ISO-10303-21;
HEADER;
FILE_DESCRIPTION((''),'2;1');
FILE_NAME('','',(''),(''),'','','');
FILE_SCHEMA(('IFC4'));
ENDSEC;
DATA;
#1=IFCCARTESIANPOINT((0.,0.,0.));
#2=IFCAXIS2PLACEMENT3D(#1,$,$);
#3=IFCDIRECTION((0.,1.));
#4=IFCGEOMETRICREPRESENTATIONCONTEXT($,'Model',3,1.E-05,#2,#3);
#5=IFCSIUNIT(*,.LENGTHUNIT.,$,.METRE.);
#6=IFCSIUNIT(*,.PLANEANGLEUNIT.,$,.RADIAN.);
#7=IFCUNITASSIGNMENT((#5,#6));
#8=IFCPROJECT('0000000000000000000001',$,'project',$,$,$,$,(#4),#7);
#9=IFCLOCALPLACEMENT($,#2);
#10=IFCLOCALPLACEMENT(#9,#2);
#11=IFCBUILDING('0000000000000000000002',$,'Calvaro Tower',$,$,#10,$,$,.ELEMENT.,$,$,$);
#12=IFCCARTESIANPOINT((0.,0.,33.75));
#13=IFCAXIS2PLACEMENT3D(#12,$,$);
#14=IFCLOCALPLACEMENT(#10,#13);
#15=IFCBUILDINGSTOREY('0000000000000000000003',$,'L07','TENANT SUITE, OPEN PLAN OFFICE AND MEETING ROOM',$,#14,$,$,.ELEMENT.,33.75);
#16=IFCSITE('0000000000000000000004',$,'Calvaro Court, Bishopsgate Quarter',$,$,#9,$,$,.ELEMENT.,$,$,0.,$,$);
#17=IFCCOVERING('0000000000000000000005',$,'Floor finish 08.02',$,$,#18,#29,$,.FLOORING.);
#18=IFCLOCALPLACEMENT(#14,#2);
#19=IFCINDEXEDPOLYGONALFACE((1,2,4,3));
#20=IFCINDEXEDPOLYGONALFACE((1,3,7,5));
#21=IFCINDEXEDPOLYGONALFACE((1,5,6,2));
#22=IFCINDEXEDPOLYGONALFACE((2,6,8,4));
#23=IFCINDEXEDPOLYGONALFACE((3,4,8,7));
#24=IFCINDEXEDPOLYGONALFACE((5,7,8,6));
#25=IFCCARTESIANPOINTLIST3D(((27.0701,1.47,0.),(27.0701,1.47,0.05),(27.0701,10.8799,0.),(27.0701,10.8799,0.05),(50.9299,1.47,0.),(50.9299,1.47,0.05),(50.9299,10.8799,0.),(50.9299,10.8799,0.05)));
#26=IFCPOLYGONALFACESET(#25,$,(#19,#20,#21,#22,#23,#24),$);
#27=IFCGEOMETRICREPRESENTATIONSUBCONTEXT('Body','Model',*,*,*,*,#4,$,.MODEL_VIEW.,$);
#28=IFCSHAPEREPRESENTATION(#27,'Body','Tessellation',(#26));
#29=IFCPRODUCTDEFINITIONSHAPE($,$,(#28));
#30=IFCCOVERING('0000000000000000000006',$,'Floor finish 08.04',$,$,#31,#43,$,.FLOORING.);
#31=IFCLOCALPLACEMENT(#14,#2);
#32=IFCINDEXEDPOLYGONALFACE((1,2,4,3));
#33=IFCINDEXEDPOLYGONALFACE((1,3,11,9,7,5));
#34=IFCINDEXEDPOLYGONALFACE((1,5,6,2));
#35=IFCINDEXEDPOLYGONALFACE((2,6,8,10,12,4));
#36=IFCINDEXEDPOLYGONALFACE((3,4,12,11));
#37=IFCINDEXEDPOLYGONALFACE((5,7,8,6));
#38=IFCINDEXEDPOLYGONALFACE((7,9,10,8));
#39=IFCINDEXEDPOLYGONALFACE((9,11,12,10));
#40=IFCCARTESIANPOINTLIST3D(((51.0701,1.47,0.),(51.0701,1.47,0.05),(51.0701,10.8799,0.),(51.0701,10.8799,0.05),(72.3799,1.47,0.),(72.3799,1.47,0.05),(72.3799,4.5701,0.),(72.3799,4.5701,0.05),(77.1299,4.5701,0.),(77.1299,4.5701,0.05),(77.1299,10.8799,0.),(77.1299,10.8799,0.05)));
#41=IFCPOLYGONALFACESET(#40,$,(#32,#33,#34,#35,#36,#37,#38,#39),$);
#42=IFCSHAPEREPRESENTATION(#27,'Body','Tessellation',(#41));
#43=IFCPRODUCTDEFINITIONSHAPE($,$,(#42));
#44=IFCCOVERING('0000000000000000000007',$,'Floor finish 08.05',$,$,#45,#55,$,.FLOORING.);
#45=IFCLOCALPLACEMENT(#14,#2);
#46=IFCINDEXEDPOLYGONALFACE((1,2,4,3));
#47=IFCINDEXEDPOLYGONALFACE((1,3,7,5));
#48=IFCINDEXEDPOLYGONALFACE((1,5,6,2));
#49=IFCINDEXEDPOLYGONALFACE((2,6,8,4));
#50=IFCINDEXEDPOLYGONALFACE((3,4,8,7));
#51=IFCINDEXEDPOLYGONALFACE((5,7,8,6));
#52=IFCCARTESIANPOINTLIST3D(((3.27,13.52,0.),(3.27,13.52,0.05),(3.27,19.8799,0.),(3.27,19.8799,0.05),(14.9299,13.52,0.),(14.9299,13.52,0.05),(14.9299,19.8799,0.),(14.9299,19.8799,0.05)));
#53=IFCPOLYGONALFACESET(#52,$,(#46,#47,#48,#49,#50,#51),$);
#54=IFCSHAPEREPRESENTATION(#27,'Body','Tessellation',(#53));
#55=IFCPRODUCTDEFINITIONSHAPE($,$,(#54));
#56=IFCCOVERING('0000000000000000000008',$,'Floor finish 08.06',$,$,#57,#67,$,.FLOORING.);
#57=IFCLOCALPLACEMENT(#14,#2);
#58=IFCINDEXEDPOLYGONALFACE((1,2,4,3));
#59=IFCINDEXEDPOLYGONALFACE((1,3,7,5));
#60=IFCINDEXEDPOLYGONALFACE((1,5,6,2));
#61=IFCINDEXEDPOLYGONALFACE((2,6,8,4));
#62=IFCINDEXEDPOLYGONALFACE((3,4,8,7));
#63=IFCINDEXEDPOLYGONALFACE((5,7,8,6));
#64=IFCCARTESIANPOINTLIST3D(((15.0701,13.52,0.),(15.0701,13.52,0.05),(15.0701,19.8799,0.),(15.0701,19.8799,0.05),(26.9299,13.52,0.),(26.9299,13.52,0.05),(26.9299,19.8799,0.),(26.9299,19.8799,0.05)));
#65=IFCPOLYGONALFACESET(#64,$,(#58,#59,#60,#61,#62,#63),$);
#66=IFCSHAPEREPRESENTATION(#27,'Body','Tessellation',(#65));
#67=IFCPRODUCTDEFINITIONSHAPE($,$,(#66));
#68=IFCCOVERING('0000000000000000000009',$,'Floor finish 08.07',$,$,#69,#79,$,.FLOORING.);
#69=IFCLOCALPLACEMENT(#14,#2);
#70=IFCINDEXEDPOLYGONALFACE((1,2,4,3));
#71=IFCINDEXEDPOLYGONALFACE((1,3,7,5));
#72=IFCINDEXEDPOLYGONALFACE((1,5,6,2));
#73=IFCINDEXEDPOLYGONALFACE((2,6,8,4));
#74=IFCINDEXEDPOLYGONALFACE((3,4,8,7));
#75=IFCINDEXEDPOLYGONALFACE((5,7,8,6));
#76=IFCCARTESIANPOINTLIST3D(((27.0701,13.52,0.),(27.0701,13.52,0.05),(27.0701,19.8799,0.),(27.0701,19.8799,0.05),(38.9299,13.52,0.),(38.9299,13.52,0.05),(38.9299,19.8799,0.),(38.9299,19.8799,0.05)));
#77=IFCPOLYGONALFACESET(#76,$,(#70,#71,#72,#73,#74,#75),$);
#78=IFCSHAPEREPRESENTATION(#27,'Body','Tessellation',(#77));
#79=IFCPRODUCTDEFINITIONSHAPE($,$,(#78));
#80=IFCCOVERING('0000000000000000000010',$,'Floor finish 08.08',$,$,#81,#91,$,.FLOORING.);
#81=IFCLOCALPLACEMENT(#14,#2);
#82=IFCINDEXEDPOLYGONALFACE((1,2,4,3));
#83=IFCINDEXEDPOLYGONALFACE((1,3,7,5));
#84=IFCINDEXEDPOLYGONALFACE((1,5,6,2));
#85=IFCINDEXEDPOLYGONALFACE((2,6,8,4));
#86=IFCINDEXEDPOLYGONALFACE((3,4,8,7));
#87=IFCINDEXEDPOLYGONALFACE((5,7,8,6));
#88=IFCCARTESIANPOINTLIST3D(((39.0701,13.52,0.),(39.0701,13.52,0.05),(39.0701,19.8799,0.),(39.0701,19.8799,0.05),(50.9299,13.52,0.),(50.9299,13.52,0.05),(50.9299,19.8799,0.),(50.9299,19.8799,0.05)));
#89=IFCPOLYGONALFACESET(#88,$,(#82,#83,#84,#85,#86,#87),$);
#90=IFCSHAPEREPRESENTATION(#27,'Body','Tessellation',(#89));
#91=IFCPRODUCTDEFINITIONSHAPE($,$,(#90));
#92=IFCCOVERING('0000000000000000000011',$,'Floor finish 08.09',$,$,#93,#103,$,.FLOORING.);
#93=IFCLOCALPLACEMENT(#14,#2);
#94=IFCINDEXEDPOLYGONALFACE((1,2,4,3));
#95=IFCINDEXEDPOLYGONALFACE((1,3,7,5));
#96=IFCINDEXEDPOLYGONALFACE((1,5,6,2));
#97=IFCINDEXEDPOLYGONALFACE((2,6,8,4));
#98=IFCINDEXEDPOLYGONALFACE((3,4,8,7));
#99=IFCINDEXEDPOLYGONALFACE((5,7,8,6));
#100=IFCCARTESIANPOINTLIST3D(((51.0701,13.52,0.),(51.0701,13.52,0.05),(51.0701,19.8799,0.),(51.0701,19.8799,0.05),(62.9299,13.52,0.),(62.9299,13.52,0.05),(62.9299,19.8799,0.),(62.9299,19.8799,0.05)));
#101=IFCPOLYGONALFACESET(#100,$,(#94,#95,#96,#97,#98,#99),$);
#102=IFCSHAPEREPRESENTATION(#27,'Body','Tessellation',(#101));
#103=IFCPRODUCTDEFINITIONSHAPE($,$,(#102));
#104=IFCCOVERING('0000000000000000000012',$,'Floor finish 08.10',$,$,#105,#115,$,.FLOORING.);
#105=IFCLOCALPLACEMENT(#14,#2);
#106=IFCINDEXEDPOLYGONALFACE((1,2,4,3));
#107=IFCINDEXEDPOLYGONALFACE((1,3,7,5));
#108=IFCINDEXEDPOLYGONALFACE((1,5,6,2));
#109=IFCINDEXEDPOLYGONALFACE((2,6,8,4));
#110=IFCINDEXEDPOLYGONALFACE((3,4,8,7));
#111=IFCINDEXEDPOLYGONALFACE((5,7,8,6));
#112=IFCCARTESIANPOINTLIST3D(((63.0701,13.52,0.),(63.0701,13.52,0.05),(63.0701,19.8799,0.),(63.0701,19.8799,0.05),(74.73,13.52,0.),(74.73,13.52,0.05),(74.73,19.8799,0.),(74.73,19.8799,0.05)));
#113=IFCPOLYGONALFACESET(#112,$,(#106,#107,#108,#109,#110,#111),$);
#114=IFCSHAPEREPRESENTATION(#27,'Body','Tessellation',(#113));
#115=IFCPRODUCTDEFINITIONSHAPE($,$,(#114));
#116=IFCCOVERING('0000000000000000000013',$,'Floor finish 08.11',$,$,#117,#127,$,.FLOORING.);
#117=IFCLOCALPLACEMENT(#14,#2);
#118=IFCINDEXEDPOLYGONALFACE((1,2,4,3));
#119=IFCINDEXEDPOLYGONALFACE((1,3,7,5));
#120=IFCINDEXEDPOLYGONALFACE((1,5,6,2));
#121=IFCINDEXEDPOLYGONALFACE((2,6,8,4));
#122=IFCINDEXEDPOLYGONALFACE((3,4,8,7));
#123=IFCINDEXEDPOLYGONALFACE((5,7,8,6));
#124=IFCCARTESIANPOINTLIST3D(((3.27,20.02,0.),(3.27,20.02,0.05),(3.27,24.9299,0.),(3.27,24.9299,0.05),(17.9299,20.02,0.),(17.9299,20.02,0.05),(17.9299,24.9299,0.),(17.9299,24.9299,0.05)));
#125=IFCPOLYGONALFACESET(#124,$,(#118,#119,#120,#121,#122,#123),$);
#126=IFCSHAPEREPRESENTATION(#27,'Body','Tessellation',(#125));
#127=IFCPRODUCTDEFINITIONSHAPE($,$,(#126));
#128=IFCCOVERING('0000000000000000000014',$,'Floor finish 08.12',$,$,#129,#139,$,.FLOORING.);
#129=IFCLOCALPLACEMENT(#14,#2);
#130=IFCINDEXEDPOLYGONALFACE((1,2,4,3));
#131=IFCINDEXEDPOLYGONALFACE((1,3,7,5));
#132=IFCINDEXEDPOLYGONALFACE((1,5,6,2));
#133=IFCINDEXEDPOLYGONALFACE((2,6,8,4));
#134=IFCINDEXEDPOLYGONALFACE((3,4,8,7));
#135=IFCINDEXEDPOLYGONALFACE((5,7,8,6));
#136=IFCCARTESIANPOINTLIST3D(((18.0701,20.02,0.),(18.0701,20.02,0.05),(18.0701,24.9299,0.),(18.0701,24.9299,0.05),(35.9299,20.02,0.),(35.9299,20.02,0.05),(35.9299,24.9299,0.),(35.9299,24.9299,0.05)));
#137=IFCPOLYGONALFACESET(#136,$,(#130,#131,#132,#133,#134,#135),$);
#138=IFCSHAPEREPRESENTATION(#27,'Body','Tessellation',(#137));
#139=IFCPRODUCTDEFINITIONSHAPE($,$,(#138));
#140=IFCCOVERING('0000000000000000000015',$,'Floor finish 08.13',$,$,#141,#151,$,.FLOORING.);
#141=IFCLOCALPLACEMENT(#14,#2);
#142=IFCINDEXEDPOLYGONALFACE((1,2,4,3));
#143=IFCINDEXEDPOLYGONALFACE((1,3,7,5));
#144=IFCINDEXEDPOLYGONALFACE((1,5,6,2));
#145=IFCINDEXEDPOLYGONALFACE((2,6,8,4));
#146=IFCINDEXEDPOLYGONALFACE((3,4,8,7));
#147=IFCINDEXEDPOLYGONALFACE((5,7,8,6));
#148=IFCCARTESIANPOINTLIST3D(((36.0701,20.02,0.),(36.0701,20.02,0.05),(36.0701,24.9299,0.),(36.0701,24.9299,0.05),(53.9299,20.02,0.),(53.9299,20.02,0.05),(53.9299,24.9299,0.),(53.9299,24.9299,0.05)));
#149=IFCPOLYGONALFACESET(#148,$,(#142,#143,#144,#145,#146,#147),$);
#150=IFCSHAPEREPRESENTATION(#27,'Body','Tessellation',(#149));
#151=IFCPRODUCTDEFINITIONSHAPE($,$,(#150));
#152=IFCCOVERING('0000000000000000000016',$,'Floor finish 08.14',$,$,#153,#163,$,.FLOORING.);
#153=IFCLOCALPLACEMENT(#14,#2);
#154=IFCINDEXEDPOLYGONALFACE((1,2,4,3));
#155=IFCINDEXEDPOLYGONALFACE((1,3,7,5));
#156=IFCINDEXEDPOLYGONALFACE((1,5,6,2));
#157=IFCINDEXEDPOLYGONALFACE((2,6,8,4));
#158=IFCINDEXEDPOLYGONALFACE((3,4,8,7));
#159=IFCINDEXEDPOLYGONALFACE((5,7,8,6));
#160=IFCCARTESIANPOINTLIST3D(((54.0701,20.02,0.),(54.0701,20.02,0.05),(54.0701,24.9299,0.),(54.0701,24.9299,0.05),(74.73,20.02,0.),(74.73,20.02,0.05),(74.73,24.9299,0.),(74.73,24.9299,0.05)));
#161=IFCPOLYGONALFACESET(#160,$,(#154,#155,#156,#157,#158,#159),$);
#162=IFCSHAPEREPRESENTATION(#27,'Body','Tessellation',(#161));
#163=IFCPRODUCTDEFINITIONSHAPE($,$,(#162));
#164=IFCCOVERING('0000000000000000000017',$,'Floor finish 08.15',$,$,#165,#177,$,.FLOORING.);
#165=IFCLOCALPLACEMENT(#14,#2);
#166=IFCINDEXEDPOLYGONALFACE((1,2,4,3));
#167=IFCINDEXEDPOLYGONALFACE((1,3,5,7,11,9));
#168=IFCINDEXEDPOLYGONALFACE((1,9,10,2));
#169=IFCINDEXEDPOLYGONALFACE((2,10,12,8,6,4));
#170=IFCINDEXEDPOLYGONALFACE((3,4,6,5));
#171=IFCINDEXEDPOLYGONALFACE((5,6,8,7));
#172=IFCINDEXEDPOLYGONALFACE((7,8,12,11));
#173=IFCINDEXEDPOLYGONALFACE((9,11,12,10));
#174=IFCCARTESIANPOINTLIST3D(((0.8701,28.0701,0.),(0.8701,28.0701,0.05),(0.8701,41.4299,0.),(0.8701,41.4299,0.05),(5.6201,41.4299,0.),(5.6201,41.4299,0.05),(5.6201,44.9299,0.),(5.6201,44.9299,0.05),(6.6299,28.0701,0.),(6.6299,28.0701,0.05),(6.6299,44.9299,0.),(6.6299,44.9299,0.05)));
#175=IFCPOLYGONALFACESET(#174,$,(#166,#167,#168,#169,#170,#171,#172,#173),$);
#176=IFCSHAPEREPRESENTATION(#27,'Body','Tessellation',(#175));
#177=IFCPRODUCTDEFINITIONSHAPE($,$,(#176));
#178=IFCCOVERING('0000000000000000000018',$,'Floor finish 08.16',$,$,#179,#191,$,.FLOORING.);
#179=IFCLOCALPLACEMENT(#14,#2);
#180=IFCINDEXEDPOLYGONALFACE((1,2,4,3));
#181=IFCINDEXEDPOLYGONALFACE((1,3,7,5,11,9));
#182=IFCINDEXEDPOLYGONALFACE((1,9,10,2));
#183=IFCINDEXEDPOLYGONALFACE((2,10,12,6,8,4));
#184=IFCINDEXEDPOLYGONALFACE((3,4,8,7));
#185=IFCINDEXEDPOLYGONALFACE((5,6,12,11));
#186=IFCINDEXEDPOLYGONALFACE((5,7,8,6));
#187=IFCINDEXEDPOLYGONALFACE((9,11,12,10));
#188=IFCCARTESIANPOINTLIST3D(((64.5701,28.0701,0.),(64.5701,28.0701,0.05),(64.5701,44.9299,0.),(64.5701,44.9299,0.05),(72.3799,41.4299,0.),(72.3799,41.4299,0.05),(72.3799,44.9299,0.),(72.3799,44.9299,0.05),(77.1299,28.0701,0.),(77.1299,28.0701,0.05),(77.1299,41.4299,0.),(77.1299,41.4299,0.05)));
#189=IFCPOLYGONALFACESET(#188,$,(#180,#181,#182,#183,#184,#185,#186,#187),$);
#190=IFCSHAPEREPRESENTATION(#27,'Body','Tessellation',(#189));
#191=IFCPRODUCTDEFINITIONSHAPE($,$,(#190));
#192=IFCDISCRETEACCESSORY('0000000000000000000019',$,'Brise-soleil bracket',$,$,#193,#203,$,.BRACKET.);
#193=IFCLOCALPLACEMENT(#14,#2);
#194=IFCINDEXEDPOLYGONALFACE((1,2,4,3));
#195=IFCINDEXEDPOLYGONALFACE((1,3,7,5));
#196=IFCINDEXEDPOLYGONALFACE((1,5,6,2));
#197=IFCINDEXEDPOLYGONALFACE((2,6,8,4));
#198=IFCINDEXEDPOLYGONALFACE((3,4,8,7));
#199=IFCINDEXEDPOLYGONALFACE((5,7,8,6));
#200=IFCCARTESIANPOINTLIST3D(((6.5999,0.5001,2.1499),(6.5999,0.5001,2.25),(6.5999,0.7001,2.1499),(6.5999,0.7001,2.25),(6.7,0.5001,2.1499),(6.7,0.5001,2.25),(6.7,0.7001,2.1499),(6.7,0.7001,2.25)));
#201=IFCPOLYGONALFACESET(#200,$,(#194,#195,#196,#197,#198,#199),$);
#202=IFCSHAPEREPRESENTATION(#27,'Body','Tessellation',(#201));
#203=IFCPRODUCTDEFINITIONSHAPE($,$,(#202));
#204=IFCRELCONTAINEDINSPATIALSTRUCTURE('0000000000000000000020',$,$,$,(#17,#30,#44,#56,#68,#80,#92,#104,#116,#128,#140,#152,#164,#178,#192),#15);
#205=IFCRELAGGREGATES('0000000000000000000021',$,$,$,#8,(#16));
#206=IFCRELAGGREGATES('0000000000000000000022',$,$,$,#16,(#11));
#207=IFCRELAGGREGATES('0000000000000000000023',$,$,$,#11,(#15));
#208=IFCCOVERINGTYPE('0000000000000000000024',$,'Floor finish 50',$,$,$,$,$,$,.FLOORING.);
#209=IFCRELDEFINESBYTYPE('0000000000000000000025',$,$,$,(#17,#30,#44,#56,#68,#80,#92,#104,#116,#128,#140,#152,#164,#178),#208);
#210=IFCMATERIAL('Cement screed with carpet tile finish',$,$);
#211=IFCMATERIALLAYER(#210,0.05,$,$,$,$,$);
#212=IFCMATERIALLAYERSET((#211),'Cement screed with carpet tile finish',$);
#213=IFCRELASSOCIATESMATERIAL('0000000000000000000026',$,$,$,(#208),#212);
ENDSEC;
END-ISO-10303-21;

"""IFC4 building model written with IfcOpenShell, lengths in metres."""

from ifc_helpers import new_model, si_unit, direction, frame, origin, origin_2d, place, context, subcontext, project, spatial, polyline, rectangle, outline, extrude, material, layer, layer_set, type_object, element, save


model = new_model("IFC4")

# Units and contexts
model_context = context("Model", 3, precision=1e-05, world=origin(), true_north=direction((0.0, 1.0)))
body_context = subcontext(model_context, "Body", "Model", "MODEL_VIEW")
ifc_project = project(units=[si_unit("LENGTHUNIT", "METRE"), si_unit("PLANEANGLEUNIT", "RADIAN")], contexts=[model_context])

# Site, building, storey
site_placement = place(None, origin())
site = spatial("IfcSite", under=ifc_project, at=site_placement, Name="Calvaro Court, Bishopsgate Quarter", CompositionType="ELEMENT", RefElevation=0.0)
building_placement = place(site_placement, origin())
building = spatial("IfcBuilding", under=site, at=building_placement, Name="Calvaro Tower", CompositionType="ELEMENT")
storey_placement = place(building_placement, frame((0.0, 0.0, 33.75)))
storey = spatial("IfcBuildingStorey", under=building, at=storey_placement, Name="L07", Description="TENANT SUITE, OPEN PLAN OFFICE AND MEETING ROOM", CompositionType="ELEMENT", Elevation=33.75)

# Coverings
ifc_material_1 = material(Name="Cement screed with carpet tile finish")
ifc_layer_1 = layer(ifc_material_1, 0.05)
ifc_layer_set_1 = layer_set([ifc_layer_1], Name="Cement screed with carpet tile finish")
covering_type = type_object("IfcCoveringType", Name="Floor finish 50", PredefinedType="FLOORING", material=ifc_layer_set_1)
covering_1_placement = place(storey_placement, origin())
element("IfcCovering", 1, at=covering_1_placement, inside=storey, type_object=covering_type, Name="Floor finish 08.02", PredefinedType="FLOORING", context=body_context, shape_type="SweptSolid", body=[
    extrude(outline(polyline([(27.0701, 10.8799), (50.9299, 10.8799), (50.9299, 1.47), (27.0701, 1.47), (27.0701, 10.8799)])), origin(), (0.0, 0.0, 1.0), 0.05),
])
covering_2_placement = place(storey_placement, origin())
element("IfcCovering", 2, at=covering_2_placement, inside=storey, type_object=covering_type, Name="Floor finish 08.04", PredefinedType="FLOORING", context=body_context, shape_type="SweptSolid", body=[
    extrude(outline(polyline([(77.1299, 4.5701), (72.3799, 4.5701), (72.3799, 1.47), (51.0701, 1.47), (51.0701, 10.8799), (77.1299, 10.8799), (77.1299, 4.5701)])), origin(), (0.0, 0.0, 1.0), 0.05),
])
covering_3_placement = place(storey_placement, origin())
element("IfcCovering", 3, at=covering_3_placement, inside=storey, type_object=covering_type, Name="Floor finish 08.05", PredefinedType="FLOORING", context=body_context, shape_type="SweptSolid", body=[
    extrude(outline(polyline([(3.27, 13.52), (3.27, 19.8799), (14.9299, 19.8799), (14.9299, 13.52), (3.27, 13.52)])), origin(), (0.0, 0.0, 1.0), 0.05),
])
covering_4_placement = place(storey_placement, origin())
element("IfcCovering", 4, at=covering_4_placement, inside=storey, type_object=covering_type, Name="Floor finish 08.06", PredefinedType="FLOORING", context=body_context, shape_type="SweptSolid", body=[
    extrude(outline(polyline([(15.0701, 13.52), (15.0701, 19.8799), (26.9299, 19.8799), (26.9299, 13.52), (15.0701, 13.52)])), origin(), (0.0, 0.0, 1.0), 0.05),
])
covering_5_placement = place(storey_placement, origin())
element("IfcCovering", 5, at=covering_5_placement, inside=storey, type_object=covering_type, Name="Floor finish 08.07", PredefinedType="FLOORING", context=body_context, shape_type="SweptSolid", body=[
    extrude(outline(polyline([(27.0701, 13.52), (27.0701, 19.8799), (38.9299, 19.8799), (38.9299, 13.52), (27.0701, 13.52)])), origin(), (0.0, 0.0, 1.0), 0.05),
])
covering_6_placement = place(storey_placement, origin())
element("IfcCovering", 6, at=covering_6_placement, inside=storey, type_object=covering_type, Name="Floor finish 08.08", PredefinedType="FLOORING", context=body_context, shape_type="SweptSolid", body=[
    extrude(outline(polyline([(39.0701, 13.52), (39.0701, 19.8799), (50.9299, 19.8799), (50.9299, 13.52), (39.0701, 13.52)])), origin(), (0.0, 0.0, 1.0), 0.05),
])
covering_7_placement = place(storey_placement, origin())
element("IfcCovering", 7, at=covering_7_placement, inside=storey, type_object=covering_type, Name="Floor finish 08.09", PredefinedType="FLOORING", context=body_context, shape_type="SweptSolid", body=[
    extrude(outline(polyline([(51.0701, 13.52), (51.0701, 19.8799), (62.9299, 19.8799), (62.9299, 13.52), (51.0701, 13.52)])), origin(), (0.0, 0.0, 1.0), 0.05),
])
covering_8_placement = place(storey_placement, origin())
element("IfcCovering", 8, at=covering_8_placement, inside=storey, type_object=covering_type, Name="Floor finish 08.10", PredefinedType="FLOORING", context=body_context, shape_type="SweptSolid", body=[
    extrude(outline(polyline([(63.0701, 13.52), (63.0701, 19.8799), (74.73, 19.8799), (74.73, 13.52), (63.0701, 13.52)])), origin(), (0.0, 0.0, 1.0), 0.05),
])
covering_9_placement = place(storey_placement, origin())
element("IfcCovering", 9, at=covering_9_placement, inside=storey, type_object=covering_type, Name="Floor finish 08.11", PredefinedType="FLOORING", context=body_context, shape_type="SweptSolid", body=[
    extrude(outline(polyline([(3.27, 20.02), (3.27, 24.9299), (17.9299, 24.9299), (17.9299, 20.02), (3.27, 20.02)])), origin(), (0.0, 0.0, 1.0), 0.05),
])
covering_10_placement = place(storey_placement, origin())
element("IfcCovering", 10, at=covering_10_placement, inside=storey, type_object=covering_type, Name="Floor finish 08.12", PredefinedType="FLOORING", context=body_context, shape_type="SweptSolid", body=[
    extrude(outline(polyline([(18.0701, 20.02), (18.0701, 24.9299), (35.9299, 24.9299), (35.9299, 20.02), (18.0701, 20.02)])), origin(), (0.0, 0.0, 1.0), 0.05),
])
covering_11_placement = place(storey_placement, origin())
element("IfcCovering", 11, at=covering_11_placement, inside=storey, type_object=covering_type, Name="Floor finish 08.13", PredefinedType="FLOORING", context=body_context, shape_type="SweptSolid", body=[
    extrude(outline(polyline([(36.0701, 20.02), (36.0701, 24.9299), (53.9299, 24.9299), (53.9299, 20.02), (36.0701, 20.02)])), origin(), (0.0, 0.0, 1.0), 0.05),
])
covering_12_placement = place(storey_placement, origin())
element("IfcCovering", 12, at=covering_12_placement, inside=storey, type_object=covering_type, Name="Floor finish 08.14", PredefinedType="FLOORING", context=body_context, shape_type="SweptSolid", body=[
    extrude(outline(polyline([(54.0701, 20.02), (54.0701, 24.9299), (74.73, 24.9299), (74.73, 20.02), (54.0701, 20.02)])), origin(), (0.0, 0.0, 1.0), 0.05),
])
covering_13_placement = place(storey_placement, origin())
element("IfcCovering", 13, at=covering_13_placement, inside=storey, type_object=covering_type, Name="Floor finish 08.15", PredefinedType="FLOORING", context=body_context, shape_type="SweptSolid", body=[
    extrude(outline(polyline([(6.6299, 28.0701), (0.8701, 28.0701), (0.8701, 41.4299), (5.6201, 41.4299), (5.6201, 44.9299), (6.6299, 44.9299), (6.6299, 28.0701)])), origin(), (0.0, 0.0, 1.0), 0.05),
])
covering_14_placement = place(storey_placement, origin())
element("IfcCovering", 14, at=covering_14_placement, inside=storey, type_object=covering_type, Name="Floor finish 08.16", PredefinedType="FLOORING", context=body_context, shape_type="SweptSolid", body=[
    extrude(outline(polyline([(77.1299, 28.0701), (64.5701, 28.0701), (64.5701, 44.9299), (72.3799, 44.9299), (72.3799, 41.4299), (77.1299, 41.4299), (77.1299, 28.0701)])), origin(), (0.0, 0.0, 1.0), 0.05),
])

# Discrete accessory
for number, where, z_axis, x_axis, name in (
    (15, (6.6499, 0.6001, 2.1499), (0.0, 0.0, 1.0), (1.0, 0.0, 0.0), "Brise-soleil bracket"),
):
    element("IfcDiscreteAccessory", number, at=place(storey_placement, frame(where, z_axis=z_axis, x_axis=x_axis)), inside=storey, Name=name, PredefinedType="BRACKET", context=body_context, shape_type="SweptSolid", body=[
        extrude(rectangle(XDim=0.1001, YDim=0.2, at=origin_2d()), origin(), (0.0, 0.0, 1.0), 0.1001),
    ])

save(model, "model.ifc")
